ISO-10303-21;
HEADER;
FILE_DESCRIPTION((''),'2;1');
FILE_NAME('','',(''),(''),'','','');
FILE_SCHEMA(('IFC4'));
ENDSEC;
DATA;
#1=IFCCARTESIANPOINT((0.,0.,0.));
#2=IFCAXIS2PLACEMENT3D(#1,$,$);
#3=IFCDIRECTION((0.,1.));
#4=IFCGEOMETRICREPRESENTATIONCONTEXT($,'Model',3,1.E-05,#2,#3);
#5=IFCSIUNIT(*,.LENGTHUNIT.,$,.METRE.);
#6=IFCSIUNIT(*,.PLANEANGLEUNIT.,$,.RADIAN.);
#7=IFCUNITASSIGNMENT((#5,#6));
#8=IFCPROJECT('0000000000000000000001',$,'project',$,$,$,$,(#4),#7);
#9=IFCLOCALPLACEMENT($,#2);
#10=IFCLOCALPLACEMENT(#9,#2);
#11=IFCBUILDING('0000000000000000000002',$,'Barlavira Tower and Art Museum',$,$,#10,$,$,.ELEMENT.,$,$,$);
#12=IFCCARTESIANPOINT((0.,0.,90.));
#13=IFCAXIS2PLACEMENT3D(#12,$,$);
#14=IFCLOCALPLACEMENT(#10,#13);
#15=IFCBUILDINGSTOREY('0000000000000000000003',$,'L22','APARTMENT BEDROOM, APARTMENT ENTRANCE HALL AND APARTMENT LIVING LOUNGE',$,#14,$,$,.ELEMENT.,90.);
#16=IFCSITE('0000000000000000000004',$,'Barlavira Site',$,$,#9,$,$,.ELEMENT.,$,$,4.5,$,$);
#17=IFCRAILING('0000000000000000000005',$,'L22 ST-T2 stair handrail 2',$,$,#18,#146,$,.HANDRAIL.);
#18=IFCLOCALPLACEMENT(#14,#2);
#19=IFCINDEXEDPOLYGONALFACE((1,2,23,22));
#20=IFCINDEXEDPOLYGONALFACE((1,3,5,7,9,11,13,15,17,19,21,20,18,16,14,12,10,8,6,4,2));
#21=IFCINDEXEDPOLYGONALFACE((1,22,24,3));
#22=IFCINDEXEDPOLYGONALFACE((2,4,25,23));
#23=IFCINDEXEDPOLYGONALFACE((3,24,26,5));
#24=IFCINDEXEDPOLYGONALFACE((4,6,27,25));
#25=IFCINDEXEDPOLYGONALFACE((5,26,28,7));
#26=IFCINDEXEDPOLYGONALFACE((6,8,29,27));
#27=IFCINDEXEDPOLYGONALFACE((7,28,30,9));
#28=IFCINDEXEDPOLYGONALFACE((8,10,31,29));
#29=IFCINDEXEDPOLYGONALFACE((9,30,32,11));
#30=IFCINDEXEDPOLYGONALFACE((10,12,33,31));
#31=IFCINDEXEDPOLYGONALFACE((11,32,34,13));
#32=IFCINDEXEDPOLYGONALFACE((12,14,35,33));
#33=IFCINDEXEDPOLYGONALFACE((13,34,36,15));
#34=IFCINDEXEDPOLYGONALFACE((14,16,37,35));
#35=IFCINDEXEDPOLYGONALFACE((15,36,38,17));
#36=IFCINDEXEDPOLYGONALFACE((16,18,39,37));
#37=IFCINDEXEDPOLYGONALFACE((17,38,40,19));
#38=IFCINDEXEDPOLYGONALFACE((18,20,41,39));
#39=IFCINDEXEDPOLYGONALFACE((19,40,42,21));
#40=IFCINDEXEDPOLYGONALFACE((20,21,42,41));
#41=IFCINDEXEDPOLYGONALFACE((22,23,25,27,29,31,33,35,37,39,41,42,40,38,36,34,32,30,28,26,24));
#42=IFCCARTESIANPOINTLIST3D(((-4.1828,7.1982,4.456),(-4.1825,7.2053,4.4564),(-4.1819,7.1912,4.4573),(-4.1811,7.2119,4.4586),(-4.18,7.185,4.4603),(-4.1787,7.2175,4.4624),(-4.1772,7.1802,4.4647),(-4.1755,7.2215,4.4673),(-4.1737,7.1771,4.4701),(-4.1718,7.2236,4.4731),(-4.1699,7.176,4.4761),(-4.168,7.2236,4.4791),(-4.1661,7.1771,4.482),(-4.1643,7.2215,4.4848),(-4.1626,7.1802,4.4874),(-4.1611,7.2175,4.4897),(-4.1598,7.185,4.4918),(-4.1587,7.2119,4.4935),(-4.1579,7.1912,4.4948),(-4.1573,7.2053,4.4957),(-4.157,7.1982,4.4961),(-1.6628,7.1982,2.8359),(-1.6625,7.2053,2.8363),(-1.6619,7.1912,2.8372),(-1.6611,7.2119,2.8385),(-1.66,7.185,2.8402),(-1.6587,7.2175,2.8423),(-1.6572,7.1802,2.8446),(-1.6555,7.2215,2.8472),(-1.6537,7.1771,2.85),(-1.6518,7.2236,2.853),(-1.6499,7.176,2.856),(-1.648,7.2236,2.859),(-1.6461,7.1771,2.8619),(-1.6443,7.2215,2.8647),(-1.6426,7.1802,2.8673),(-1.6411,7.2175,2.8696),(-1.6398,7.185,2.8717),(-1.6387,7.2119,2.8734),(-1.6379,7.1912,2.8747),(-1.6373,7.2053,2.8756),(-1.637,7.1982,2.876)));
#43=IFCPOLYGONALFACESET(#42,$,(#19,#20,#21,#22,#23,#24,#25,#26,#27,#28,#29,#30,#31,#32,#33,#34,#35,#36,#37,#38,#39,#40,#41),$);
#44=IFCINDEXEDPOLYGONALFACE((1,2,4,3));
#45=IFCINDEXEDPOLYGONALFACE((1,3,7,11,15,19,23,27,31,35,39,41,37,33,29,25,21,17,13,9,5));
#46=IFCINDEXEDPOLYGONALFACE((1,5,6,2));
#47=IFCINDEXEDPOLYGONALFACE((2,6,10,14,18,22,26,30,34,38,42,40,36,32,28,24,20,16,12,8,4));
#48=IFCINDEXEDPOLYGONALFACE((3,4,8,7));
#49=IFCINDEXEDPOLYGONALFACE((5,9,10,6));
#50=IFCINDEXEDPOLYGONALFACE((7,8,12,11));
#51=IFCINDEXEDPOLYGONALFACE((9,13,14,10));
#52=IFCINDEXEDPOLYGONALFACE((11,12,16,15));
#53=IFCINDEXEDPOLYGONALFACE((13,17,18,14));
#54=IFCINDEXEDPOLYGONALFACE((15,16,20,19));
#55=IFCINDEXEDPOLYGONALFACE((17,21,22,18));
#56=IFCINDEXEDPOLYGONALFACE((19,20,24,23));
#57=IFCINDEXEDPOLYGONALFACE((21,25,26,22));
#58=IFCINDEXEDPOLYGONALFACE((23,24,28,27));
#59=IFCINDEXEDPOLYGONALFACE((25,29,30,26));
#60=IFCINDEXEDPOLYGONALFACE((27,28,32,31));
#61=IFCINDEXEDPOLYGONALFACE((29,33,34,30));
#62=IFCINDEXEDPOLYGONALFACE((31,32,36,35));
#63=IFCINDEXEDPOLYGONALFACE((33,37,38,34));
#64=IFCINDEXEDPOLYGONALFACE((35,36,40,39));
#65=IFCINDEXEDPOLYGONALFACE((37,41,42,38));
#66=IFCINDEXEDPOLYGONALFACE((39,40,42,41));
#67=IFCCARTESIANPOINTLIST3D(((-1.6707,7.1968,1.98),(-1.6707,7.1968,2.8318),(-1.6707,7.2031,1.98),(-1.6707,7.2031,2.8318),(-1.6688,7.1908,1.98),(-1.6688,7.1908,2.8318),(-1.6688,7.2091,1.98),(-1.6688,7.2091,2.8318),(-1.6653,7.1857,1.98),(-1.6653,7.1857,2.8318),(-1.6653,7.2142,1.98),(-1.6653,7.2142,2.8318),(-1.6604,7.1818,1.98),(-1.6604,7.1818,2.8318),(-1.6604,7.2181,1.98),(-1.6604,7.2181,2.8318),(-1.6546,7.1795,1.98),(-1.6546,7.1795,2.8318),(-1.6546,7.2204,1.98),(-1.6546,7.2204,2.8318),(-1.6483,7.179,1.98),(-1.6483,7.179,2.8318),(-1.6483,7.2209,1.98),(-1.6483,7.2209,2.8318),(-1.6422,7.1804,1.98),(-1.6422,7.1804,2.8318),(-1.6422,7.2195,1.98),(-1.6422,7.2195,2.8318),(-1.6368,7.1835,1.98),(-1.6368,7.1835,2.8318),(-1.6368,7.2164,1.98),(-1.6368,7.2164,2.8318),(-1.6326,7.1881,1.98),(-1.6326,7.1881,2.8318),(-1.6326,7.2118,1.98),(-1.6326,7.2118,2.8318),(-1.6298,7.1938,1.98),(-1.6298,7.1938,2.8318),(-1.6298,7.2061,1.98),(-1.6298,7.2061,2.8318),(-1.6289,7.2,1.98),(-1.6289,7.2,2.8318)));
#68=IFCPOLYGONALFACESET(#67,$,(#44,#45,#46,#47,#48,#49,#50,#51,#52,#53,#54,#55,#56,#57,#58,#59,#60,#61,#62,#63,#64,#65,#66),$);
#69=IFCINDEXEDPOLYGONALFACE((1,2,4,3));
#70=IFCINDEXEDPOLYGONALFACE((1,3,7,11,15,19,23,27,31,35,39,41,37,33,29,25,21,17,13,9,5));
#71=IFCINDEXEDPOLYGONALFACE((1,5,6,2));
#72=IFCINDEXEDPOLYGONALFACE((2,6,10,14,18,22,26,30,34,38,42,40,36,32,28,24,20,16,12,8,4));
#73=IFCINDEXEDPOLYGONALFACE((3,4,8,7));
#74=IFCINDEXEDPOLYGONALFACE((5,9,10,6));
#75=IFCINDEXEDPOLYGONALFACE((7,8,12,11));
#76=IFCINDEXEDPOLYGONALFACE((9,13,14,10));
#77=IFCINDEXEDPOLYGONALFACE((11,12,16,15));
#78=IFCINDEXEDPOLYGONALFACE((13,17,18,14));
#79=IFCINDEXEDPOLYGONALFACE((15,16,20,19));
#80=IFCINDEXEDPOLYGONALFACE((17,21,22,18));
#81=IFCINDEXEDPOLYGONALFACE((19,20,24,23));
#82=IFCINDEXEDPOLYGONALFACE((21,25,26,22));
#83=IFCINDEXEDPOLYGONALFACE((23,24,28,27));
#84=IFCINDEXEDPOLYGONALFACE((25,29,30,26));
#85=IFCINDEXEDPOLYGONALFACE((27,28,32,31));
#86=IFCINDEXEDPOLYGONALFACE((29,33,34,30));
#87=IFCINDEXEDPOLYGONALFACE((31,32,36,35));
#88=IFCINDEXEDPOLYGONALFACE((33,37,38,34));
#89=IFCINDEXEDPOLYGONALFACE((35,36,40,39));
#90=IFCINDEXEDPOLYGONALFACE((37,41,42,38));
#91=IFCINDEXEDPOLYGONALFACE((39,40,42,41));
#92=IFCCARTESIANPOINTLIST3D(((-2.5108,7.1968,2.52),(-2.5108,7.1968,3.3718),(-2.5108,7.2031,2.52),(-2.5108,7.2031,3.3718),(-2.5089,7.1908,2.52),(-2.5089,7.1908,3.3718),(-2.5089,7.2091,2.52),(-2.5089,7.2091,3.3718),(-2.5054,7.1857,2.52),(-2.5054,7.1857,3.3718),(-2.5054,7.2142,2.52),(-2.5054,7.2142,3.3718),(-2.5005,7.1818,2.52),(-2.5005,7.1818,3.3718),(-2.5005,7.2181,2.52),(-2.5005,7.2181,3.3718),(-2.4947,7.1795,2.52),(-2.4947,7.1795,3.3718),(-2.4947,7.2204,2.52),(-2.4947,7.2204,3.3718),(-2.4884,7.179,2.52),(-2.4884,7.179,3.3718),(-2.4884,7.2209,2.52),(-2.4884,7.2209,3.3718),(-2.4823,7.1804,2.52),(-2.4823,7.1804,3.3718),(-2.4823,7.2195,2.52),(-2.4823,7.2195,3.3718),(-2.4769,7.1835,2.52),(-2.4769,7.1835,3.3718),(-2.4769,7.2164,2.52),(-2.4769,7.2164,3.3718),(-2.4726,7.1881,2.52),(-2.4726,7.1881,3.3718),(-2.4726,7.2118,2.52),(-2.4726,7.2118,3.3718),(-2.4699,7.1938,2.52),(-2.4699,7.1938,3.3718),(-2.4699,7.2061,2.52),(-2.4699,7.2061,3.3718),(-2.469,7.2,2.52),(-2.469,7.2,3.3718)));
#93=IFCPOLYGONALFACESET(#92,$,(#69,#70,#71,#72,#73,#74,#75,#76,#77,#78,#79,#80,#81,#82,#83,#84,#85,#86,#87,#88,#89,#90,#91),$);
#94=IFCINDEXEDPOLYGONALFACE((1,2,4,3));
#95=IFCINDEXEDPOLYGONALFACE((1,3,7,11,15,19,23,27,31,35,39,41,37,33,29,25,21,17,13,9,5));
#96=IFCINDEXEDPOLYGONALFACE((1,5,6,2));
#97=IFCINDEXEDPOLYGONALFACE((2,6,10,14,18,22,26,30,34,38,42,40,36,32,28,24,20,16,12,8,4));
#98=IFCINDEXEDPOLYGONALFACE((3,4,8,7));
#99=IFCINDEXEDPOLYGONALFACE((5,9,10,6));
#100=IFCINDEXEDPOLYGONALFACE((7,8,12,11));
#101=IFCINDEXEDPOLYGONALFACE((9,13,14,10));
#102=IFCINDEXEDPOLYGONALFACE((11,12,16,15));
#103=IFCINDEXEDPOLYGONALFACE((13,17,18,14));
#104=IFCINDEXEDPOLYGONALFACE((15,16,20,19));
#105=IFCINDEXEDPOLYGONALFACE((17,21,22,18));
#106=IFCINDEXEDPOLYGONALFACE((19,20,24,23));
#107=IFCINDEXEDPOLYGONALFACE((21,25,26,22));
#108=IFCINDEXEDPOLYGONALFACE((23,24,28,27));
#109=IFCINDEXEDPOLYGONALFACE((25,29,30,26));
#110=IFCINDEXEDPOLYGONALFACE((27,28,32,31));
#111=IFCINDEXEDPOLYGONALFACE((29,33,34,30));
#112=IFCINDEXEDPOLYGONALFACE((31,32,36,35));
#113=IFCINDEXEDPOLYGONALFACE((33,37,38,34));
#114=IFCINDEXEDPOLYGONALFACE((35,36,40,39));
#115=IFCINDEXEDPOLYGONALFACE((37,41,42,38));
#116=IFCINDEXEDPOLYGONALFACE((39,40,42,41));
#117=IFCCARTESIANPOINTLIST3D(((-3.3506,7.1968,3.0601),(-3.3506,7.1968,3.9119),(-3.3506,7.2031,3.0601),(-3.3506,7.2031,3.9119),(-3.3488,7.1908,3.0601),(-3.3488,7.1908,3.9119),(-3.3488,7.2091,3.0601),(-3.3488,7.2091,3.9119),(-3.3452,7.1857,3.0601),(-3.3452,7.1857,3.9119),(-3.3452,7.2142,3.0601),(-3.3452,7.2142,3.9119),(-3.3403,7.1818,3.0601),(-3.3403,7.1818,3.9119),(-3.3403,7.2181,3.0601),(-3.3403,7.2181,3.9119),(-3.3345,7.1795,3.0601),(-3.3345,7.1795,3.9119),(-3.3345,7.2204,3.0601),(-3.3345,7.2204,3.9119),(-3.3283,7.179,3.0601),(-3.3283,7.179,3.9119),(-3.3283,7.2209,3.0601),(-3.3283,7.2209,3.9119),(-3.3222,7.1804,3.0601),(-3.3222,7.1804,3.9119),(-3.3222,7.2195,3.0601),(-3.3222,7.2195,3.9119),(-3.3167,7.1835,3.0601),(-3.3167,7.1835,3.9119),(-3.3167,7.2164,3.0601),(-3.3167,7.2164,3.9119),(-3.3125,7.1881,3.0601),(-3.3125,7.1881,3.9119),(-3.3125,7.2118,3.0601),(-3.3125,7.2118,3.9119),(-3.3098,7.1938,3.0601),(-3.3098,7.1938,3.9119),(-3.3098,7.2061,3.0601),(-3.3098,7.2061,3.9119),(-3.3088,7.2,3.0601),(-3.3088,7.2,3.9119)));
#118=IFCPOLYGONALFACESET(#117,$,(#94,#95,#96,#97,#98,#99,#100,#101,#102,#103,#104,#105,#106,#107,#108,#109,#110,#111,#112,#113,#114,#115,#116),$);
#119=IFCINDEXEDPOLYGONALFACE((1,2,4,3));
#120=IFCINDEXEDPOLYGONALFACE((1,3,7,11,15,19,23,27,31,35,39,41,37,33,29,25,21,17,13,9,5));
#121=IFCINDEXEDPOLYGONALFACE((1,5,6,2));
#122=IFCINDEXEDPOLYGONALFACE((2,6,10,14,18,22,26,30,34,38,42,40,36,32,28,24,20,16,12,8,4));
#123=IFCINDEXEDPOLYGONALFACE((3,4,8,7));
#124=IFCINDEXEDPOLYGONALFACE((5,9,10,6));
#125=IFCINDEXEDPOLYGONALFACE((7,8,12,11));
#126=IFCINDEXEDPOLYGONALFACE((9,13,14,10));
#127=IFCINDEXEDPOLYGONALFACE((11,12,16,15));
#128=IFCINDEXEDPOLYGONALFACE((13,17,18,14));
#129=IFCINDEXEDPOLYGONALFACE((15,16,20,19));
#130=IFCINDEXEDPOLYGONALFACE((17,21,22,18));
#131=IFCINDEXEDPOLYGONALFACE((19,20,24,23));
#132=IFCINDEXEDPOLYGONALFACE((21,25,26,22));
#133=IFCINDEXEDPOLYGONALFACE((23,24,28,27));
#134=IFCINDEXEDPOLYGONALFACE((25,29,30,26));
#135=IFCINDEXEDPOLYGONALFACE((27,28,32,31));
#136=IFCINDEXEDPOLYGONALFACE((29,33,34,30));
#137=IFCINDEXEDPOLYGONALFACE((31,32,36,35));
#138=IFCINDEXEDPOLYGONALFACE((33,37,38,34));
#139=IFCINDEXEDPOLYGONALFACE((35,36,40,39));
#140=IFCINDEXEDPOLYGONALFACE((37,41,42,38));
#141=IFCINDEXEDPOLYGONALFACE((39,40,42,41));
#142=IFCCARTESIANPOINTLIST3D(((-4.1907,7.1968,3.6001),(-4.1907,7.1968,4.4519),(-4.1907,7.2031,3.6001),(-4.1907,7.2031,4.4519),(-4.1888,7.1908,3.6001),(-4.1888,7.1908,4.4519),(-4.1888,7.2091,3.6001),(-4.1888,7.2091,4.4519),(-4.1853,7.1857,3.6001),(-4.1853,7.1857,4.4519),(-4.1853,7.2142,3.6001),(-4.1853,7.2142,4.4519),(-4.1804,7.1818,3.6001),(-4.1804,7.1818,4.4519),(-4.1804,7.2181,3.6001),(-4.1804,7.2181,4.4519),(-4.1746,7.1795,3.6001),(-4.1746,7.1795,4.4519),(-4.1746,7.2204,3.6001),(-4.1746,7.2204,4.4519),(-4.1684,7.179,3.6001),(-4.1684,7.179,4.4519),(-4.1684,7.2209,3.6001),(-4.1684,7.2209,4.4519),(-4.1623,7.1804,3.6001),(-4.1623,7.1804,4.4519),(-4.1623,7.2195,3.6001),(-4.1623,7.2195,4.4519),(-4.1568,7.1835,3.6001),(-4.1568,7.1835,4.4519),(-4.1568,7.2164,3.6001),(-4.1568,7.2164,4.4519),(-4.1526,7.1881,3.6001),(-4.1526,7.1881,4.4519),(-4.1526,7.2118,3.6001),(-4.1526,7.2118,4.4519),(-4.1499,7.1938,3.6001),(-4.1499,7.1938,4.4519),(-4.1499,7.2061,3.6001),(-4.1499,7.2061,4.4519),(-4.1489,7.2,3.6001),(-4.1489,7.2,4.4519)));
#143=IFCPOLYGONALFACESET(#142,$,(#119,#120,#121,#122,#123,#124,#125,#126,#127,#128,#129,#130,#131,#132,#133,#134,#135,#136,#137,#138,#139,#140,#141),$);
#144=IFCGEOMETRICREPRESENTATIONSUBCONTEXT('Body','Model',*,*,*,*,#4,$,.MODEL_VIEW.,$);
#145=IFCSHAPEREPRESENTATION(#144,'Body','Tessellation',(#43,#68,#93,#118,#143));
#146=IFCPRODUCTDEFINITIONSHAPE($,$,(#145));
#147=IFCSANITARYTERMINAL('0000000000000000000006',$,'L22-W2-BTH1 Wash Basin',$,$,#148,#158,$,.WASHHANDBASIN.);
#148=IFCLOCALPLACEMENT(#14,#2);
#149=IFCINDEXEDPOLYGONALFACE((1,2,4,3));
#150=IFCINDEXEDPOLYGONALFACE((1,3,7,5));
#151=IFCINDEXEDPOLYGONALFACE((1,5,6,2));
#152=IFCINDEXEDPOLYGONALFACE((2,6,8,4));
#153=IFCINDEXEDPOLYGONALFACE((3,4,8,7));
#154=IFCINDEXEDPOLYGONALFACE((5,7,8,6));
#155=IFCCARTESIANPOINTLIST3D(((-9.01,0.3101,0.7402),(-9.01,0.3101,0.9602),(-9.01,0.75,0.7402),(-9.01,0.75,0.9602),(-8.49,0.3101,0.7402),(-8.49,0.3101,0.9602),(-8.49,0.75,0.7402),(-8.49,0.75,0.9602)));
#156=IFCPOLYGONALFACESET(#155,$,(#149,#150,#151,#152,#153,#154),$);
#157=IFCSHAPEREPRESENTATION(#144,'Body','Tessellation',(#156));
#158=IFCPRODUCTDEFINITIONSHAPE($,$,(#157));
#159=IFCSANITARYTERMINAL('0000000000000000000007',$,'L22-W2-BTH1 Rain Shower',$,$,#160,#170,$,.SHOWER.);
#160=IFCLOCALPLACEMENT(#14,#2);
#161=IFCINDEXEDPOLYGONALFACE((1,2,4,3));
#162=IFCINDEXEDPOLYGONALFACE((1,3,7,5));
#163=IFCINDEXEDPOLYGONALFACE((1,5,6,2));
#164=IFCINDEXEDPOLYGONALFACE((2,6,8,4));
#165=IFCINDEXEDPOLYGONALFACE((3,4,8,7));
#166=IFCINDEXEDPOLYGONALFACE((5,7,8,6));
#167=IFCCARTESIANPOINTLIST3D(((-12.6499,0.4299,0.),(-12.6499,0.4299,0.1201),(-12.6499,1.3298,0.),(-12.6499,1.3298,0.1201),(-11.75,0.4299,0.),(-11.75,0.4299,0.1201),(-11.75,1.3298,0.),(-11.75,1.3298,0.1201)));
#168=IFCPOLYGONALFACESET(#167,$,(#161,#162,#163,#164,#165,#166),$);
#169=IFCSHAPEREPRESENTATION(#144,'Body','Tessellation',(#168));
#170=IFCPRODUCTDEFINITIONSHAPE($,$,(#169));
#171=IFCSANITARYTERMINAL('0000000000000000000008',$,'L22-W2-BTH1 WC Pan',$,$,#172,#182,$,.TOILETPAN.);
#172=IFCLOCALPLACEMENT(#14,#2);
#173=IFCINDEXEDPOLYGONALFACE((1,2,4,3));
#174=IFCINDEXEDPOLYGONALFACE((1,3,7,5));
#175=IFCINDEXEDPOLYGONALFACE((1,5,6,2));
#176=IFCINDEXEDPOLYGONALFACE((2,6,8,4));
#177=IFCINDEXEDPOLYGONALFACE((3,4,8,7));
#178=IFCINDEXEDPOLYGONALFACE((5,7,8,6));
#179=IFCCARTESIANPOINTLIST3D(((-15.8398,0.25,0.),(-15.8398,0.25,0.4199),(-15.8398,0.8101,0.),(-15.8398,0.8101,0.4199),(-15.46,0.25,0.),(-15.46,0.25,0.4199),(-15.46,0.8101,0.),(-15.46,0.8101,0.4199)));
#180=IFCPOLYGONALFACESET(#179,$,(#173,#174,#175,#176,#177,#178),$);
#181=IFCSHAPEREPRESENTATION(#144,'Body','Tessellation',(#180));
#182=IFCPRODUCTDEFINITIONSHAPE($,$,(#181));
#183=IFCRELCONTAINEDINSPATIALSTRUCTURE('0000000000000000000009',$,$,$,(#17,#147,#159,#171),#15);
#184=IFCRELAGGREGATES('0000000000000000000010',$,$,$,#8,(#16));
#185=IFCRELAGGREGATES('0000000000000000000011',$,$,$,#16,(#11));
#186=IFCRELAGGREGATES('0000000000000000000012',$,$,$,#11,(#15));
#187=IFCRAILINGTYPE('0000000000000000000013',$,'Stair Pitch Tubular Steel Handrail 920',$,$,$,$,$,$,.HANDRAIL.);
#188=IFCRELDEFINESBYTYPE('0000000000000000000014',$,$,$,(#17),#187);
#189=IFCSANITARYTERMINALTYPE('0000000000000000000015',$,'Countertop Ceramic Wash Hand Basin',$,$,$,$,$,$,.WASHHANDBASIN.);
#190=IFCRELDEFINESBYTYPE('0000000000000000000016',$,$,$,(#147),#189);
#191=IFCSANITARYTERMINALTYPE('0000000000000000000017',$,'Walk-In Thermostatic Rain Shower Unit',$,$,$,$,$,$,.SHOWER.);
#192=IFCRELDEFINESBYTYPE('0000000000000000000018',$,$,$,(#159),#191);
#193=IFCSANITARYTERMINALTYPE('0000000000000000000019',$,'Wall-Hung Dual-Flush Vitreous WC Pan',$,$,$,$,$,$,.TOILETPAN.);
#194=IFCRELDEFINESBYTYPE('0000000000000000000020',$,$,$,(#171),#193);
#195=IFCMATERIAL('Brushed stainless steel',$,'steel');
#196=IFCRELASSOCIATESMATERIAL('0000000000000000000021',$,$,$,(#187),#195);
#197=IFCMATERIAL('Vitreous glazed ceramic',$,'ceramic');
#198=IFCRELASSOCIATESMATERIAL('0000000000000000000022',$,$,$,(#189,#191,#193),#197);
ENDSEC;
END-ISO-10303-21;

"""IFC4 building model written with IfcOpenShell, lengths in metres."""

from ifc_helpers import new_model, si_unit, direction, frame, origin, origin_2d, place, context, subcontext, project, spatial, rectangle, circle, extrude, material, type_object, element, save


model = new_model("IFC4")

# Units and contexts
model_context = context("Model", 3, precision=1e-05, world=origin(), true_north=direction((0.0, 1.0)))
body_context = subcontext(model_context, "Body", "Model", "MODEL_VIEW")
ifc_project = project(units=[si_unit("LENGTHUNIT", "METRE"), si_unit("PLANEANGLEUNIT", "RADIAN")], contexts=[model_context])

# Site, building, storey
site_placement = place(None, origin())
site = spatial("IfcSite", under=ifc_project, at=site_placement, Name="Barlavira Site", CompositionType="ELEMENT", RefElevation=4.5)
building_placement = place(site_placement, origin())
building = spatial("IfcBuilding", under=site, at=building_placement, Name="Barlavira Tower and Art Museum", CompositionType="ELEMENT")
storey_placement = place(building_placement, frame((0.0, 0.0, 90.0)))
storey = spatial("IfcBuildingStorey", under=building, at=storey_placement, Name="L22", Description="APARTMENT BEDROOM, APARTMENT ENTRANCE HALL AND APARTMENT LIVING LOUNGE", CompositionType="ELEMENT", Elevation=90.0)

# Shared definitions
ifc_material_1 = material(Name="Brushed stainless steel", Category="steel")

# Railing
railing_type_1 = type_object("IfcRailingType", Name="Stair Pitch Tubular Steel Handrail 920", PredefinedType="HANDRAIL", material=ifc_material_1)
railing_1_placement = place(storey_placement, frame((-1.6499, 7.2, 1.98)))
element("IfcRailing", 1, at=railing_1_placement, inside=storey, type_object=railing_type_1, Name="L22 ST-T2 stair handrail 2", PredefinedType="HANDRAIL", context=body_context, shape_type="SweptSolid", body=[
    extrude(circle(Radius=0.0239, at=origin_2d()), frame((0.0, 0.0, 0.876), z_axis=(-0.841163, 0.0, 0.540782), x_axis=(0.0, -1.0, 0.0)), (0.0, 0.0, 1.0), 2.9958),
    extrude(circle(Radius=0.021, at=origin_2d()), origin(), (0.0, 0.0, 1.0), 0.8518),
    extrude(circle(Radius=0.021, at=origin_2d()), frame((-0.8401, 0.0, 0.54)), (0.0, 0.0, 1.0), 0.8518),
    extrude(circle(Radius=0.021, at=origin_2d()), frame((-1.6799, 0.0, 1.0801)), (0.0, 0.0, 1.0), 0.8518),
    extrude(circle(Radius=0.021, at=origin_2d()), frame((-2.52, 0.0, 1.6201)), (0.0, 0.0, 1.0), 0.8518),
])

# Sanitary terminals
ifc_material_2 = material(Name="Vitreous glazed ceramic", Category="ceramic")
sanitary_terminal_type_1 = type_object("IfcSanitaryTerminalType", Name="Countertop Ceramic Wash Hand Basin", PredefinedType="WASHHANDBASIN", material=ifc_material_2)
sanitary_terminal_1_placement = place(storey_placement, frame((-8.75, 0.53, 0.7402), z_axis=(0.0, 0.0, 1.0), x_axis=(1.0, 0.0, 0.0)))
element("IfcSanitaryTerminal", 2, at=sanitary_terminal_1_placement, inside=storey, type_object=sanitary_terminal_type_1, Name="L22-W2-BTH1 Wash Basin", PredefinedType="WASHHANDBASIN", context=body_context, shape_type="SweptSolid", body=[
    extrude(rectangle(XDim=0.52, YDim=0.4399, at=origin_2d()), origin(), (0.0, 0.0, 1.0), 0.22),
])
sanitary_terminal_type_2 = type_object("IfcSanitaryTerminalType", Name="Walk-In Thermostatic Rain Shower Unit", PredefinedType="SHOWER", material=ifc_material_2)
sanitary_terminal_2_placement = place(storey_placement, frame((-12.2, 0.8799, 0.0), z_axis=(0.0, 0.0, 1.0), x_axis=(1.0, 0.0, 0.0)))
element("IfcSanitaryTerminal", 3, at=sanitary_terminal_2_placement, inside=storey, type_object=sanitary_terminal_type_2, Name="L22-W2-BTH1 Rain Shower", PredefinedType="SHOWER", context=body_context, shape_type="SweptSolid", body=[
    extrude(rectangle(XDim=0.8999, YDim=0.8999, at=origin_2d()), origin(), (0.0, 0.0, 1.0), 0.1201),
])
sanitary_terminal_type_3 = type_object("IfcSanitaryTerminalType", Name="Wall-Hung Dual-Flush Vitreous WC Pan", PredefinedType="TOILETPAN", material=ifc_material_2)
sanitary_terminal_3_placement = place(storey_placement, frame((-15.6499, 0.53, 0.0), z_axis=(0.0, 0.0, 1.0), x_axis=(1.0, 0.0, 0.0)))
element("IfcSanitaryTerminal", 4, at=sanitary_terminal_3_placement, inside=storey, type_object=sanitary_terminal_type_3, Name="L22-W2-BTH1 WC Pan", PredefinedType="TOILETPAN", context=body_context, shape_type="SweptSolid", body=[
    extrude(rectangle(XDim=0.3799, YDim=0.5601, at=origin_2d()), origin(), (0.0, 0.0, 1.0), 0.4199),
])

save(model, "model.ifc")
